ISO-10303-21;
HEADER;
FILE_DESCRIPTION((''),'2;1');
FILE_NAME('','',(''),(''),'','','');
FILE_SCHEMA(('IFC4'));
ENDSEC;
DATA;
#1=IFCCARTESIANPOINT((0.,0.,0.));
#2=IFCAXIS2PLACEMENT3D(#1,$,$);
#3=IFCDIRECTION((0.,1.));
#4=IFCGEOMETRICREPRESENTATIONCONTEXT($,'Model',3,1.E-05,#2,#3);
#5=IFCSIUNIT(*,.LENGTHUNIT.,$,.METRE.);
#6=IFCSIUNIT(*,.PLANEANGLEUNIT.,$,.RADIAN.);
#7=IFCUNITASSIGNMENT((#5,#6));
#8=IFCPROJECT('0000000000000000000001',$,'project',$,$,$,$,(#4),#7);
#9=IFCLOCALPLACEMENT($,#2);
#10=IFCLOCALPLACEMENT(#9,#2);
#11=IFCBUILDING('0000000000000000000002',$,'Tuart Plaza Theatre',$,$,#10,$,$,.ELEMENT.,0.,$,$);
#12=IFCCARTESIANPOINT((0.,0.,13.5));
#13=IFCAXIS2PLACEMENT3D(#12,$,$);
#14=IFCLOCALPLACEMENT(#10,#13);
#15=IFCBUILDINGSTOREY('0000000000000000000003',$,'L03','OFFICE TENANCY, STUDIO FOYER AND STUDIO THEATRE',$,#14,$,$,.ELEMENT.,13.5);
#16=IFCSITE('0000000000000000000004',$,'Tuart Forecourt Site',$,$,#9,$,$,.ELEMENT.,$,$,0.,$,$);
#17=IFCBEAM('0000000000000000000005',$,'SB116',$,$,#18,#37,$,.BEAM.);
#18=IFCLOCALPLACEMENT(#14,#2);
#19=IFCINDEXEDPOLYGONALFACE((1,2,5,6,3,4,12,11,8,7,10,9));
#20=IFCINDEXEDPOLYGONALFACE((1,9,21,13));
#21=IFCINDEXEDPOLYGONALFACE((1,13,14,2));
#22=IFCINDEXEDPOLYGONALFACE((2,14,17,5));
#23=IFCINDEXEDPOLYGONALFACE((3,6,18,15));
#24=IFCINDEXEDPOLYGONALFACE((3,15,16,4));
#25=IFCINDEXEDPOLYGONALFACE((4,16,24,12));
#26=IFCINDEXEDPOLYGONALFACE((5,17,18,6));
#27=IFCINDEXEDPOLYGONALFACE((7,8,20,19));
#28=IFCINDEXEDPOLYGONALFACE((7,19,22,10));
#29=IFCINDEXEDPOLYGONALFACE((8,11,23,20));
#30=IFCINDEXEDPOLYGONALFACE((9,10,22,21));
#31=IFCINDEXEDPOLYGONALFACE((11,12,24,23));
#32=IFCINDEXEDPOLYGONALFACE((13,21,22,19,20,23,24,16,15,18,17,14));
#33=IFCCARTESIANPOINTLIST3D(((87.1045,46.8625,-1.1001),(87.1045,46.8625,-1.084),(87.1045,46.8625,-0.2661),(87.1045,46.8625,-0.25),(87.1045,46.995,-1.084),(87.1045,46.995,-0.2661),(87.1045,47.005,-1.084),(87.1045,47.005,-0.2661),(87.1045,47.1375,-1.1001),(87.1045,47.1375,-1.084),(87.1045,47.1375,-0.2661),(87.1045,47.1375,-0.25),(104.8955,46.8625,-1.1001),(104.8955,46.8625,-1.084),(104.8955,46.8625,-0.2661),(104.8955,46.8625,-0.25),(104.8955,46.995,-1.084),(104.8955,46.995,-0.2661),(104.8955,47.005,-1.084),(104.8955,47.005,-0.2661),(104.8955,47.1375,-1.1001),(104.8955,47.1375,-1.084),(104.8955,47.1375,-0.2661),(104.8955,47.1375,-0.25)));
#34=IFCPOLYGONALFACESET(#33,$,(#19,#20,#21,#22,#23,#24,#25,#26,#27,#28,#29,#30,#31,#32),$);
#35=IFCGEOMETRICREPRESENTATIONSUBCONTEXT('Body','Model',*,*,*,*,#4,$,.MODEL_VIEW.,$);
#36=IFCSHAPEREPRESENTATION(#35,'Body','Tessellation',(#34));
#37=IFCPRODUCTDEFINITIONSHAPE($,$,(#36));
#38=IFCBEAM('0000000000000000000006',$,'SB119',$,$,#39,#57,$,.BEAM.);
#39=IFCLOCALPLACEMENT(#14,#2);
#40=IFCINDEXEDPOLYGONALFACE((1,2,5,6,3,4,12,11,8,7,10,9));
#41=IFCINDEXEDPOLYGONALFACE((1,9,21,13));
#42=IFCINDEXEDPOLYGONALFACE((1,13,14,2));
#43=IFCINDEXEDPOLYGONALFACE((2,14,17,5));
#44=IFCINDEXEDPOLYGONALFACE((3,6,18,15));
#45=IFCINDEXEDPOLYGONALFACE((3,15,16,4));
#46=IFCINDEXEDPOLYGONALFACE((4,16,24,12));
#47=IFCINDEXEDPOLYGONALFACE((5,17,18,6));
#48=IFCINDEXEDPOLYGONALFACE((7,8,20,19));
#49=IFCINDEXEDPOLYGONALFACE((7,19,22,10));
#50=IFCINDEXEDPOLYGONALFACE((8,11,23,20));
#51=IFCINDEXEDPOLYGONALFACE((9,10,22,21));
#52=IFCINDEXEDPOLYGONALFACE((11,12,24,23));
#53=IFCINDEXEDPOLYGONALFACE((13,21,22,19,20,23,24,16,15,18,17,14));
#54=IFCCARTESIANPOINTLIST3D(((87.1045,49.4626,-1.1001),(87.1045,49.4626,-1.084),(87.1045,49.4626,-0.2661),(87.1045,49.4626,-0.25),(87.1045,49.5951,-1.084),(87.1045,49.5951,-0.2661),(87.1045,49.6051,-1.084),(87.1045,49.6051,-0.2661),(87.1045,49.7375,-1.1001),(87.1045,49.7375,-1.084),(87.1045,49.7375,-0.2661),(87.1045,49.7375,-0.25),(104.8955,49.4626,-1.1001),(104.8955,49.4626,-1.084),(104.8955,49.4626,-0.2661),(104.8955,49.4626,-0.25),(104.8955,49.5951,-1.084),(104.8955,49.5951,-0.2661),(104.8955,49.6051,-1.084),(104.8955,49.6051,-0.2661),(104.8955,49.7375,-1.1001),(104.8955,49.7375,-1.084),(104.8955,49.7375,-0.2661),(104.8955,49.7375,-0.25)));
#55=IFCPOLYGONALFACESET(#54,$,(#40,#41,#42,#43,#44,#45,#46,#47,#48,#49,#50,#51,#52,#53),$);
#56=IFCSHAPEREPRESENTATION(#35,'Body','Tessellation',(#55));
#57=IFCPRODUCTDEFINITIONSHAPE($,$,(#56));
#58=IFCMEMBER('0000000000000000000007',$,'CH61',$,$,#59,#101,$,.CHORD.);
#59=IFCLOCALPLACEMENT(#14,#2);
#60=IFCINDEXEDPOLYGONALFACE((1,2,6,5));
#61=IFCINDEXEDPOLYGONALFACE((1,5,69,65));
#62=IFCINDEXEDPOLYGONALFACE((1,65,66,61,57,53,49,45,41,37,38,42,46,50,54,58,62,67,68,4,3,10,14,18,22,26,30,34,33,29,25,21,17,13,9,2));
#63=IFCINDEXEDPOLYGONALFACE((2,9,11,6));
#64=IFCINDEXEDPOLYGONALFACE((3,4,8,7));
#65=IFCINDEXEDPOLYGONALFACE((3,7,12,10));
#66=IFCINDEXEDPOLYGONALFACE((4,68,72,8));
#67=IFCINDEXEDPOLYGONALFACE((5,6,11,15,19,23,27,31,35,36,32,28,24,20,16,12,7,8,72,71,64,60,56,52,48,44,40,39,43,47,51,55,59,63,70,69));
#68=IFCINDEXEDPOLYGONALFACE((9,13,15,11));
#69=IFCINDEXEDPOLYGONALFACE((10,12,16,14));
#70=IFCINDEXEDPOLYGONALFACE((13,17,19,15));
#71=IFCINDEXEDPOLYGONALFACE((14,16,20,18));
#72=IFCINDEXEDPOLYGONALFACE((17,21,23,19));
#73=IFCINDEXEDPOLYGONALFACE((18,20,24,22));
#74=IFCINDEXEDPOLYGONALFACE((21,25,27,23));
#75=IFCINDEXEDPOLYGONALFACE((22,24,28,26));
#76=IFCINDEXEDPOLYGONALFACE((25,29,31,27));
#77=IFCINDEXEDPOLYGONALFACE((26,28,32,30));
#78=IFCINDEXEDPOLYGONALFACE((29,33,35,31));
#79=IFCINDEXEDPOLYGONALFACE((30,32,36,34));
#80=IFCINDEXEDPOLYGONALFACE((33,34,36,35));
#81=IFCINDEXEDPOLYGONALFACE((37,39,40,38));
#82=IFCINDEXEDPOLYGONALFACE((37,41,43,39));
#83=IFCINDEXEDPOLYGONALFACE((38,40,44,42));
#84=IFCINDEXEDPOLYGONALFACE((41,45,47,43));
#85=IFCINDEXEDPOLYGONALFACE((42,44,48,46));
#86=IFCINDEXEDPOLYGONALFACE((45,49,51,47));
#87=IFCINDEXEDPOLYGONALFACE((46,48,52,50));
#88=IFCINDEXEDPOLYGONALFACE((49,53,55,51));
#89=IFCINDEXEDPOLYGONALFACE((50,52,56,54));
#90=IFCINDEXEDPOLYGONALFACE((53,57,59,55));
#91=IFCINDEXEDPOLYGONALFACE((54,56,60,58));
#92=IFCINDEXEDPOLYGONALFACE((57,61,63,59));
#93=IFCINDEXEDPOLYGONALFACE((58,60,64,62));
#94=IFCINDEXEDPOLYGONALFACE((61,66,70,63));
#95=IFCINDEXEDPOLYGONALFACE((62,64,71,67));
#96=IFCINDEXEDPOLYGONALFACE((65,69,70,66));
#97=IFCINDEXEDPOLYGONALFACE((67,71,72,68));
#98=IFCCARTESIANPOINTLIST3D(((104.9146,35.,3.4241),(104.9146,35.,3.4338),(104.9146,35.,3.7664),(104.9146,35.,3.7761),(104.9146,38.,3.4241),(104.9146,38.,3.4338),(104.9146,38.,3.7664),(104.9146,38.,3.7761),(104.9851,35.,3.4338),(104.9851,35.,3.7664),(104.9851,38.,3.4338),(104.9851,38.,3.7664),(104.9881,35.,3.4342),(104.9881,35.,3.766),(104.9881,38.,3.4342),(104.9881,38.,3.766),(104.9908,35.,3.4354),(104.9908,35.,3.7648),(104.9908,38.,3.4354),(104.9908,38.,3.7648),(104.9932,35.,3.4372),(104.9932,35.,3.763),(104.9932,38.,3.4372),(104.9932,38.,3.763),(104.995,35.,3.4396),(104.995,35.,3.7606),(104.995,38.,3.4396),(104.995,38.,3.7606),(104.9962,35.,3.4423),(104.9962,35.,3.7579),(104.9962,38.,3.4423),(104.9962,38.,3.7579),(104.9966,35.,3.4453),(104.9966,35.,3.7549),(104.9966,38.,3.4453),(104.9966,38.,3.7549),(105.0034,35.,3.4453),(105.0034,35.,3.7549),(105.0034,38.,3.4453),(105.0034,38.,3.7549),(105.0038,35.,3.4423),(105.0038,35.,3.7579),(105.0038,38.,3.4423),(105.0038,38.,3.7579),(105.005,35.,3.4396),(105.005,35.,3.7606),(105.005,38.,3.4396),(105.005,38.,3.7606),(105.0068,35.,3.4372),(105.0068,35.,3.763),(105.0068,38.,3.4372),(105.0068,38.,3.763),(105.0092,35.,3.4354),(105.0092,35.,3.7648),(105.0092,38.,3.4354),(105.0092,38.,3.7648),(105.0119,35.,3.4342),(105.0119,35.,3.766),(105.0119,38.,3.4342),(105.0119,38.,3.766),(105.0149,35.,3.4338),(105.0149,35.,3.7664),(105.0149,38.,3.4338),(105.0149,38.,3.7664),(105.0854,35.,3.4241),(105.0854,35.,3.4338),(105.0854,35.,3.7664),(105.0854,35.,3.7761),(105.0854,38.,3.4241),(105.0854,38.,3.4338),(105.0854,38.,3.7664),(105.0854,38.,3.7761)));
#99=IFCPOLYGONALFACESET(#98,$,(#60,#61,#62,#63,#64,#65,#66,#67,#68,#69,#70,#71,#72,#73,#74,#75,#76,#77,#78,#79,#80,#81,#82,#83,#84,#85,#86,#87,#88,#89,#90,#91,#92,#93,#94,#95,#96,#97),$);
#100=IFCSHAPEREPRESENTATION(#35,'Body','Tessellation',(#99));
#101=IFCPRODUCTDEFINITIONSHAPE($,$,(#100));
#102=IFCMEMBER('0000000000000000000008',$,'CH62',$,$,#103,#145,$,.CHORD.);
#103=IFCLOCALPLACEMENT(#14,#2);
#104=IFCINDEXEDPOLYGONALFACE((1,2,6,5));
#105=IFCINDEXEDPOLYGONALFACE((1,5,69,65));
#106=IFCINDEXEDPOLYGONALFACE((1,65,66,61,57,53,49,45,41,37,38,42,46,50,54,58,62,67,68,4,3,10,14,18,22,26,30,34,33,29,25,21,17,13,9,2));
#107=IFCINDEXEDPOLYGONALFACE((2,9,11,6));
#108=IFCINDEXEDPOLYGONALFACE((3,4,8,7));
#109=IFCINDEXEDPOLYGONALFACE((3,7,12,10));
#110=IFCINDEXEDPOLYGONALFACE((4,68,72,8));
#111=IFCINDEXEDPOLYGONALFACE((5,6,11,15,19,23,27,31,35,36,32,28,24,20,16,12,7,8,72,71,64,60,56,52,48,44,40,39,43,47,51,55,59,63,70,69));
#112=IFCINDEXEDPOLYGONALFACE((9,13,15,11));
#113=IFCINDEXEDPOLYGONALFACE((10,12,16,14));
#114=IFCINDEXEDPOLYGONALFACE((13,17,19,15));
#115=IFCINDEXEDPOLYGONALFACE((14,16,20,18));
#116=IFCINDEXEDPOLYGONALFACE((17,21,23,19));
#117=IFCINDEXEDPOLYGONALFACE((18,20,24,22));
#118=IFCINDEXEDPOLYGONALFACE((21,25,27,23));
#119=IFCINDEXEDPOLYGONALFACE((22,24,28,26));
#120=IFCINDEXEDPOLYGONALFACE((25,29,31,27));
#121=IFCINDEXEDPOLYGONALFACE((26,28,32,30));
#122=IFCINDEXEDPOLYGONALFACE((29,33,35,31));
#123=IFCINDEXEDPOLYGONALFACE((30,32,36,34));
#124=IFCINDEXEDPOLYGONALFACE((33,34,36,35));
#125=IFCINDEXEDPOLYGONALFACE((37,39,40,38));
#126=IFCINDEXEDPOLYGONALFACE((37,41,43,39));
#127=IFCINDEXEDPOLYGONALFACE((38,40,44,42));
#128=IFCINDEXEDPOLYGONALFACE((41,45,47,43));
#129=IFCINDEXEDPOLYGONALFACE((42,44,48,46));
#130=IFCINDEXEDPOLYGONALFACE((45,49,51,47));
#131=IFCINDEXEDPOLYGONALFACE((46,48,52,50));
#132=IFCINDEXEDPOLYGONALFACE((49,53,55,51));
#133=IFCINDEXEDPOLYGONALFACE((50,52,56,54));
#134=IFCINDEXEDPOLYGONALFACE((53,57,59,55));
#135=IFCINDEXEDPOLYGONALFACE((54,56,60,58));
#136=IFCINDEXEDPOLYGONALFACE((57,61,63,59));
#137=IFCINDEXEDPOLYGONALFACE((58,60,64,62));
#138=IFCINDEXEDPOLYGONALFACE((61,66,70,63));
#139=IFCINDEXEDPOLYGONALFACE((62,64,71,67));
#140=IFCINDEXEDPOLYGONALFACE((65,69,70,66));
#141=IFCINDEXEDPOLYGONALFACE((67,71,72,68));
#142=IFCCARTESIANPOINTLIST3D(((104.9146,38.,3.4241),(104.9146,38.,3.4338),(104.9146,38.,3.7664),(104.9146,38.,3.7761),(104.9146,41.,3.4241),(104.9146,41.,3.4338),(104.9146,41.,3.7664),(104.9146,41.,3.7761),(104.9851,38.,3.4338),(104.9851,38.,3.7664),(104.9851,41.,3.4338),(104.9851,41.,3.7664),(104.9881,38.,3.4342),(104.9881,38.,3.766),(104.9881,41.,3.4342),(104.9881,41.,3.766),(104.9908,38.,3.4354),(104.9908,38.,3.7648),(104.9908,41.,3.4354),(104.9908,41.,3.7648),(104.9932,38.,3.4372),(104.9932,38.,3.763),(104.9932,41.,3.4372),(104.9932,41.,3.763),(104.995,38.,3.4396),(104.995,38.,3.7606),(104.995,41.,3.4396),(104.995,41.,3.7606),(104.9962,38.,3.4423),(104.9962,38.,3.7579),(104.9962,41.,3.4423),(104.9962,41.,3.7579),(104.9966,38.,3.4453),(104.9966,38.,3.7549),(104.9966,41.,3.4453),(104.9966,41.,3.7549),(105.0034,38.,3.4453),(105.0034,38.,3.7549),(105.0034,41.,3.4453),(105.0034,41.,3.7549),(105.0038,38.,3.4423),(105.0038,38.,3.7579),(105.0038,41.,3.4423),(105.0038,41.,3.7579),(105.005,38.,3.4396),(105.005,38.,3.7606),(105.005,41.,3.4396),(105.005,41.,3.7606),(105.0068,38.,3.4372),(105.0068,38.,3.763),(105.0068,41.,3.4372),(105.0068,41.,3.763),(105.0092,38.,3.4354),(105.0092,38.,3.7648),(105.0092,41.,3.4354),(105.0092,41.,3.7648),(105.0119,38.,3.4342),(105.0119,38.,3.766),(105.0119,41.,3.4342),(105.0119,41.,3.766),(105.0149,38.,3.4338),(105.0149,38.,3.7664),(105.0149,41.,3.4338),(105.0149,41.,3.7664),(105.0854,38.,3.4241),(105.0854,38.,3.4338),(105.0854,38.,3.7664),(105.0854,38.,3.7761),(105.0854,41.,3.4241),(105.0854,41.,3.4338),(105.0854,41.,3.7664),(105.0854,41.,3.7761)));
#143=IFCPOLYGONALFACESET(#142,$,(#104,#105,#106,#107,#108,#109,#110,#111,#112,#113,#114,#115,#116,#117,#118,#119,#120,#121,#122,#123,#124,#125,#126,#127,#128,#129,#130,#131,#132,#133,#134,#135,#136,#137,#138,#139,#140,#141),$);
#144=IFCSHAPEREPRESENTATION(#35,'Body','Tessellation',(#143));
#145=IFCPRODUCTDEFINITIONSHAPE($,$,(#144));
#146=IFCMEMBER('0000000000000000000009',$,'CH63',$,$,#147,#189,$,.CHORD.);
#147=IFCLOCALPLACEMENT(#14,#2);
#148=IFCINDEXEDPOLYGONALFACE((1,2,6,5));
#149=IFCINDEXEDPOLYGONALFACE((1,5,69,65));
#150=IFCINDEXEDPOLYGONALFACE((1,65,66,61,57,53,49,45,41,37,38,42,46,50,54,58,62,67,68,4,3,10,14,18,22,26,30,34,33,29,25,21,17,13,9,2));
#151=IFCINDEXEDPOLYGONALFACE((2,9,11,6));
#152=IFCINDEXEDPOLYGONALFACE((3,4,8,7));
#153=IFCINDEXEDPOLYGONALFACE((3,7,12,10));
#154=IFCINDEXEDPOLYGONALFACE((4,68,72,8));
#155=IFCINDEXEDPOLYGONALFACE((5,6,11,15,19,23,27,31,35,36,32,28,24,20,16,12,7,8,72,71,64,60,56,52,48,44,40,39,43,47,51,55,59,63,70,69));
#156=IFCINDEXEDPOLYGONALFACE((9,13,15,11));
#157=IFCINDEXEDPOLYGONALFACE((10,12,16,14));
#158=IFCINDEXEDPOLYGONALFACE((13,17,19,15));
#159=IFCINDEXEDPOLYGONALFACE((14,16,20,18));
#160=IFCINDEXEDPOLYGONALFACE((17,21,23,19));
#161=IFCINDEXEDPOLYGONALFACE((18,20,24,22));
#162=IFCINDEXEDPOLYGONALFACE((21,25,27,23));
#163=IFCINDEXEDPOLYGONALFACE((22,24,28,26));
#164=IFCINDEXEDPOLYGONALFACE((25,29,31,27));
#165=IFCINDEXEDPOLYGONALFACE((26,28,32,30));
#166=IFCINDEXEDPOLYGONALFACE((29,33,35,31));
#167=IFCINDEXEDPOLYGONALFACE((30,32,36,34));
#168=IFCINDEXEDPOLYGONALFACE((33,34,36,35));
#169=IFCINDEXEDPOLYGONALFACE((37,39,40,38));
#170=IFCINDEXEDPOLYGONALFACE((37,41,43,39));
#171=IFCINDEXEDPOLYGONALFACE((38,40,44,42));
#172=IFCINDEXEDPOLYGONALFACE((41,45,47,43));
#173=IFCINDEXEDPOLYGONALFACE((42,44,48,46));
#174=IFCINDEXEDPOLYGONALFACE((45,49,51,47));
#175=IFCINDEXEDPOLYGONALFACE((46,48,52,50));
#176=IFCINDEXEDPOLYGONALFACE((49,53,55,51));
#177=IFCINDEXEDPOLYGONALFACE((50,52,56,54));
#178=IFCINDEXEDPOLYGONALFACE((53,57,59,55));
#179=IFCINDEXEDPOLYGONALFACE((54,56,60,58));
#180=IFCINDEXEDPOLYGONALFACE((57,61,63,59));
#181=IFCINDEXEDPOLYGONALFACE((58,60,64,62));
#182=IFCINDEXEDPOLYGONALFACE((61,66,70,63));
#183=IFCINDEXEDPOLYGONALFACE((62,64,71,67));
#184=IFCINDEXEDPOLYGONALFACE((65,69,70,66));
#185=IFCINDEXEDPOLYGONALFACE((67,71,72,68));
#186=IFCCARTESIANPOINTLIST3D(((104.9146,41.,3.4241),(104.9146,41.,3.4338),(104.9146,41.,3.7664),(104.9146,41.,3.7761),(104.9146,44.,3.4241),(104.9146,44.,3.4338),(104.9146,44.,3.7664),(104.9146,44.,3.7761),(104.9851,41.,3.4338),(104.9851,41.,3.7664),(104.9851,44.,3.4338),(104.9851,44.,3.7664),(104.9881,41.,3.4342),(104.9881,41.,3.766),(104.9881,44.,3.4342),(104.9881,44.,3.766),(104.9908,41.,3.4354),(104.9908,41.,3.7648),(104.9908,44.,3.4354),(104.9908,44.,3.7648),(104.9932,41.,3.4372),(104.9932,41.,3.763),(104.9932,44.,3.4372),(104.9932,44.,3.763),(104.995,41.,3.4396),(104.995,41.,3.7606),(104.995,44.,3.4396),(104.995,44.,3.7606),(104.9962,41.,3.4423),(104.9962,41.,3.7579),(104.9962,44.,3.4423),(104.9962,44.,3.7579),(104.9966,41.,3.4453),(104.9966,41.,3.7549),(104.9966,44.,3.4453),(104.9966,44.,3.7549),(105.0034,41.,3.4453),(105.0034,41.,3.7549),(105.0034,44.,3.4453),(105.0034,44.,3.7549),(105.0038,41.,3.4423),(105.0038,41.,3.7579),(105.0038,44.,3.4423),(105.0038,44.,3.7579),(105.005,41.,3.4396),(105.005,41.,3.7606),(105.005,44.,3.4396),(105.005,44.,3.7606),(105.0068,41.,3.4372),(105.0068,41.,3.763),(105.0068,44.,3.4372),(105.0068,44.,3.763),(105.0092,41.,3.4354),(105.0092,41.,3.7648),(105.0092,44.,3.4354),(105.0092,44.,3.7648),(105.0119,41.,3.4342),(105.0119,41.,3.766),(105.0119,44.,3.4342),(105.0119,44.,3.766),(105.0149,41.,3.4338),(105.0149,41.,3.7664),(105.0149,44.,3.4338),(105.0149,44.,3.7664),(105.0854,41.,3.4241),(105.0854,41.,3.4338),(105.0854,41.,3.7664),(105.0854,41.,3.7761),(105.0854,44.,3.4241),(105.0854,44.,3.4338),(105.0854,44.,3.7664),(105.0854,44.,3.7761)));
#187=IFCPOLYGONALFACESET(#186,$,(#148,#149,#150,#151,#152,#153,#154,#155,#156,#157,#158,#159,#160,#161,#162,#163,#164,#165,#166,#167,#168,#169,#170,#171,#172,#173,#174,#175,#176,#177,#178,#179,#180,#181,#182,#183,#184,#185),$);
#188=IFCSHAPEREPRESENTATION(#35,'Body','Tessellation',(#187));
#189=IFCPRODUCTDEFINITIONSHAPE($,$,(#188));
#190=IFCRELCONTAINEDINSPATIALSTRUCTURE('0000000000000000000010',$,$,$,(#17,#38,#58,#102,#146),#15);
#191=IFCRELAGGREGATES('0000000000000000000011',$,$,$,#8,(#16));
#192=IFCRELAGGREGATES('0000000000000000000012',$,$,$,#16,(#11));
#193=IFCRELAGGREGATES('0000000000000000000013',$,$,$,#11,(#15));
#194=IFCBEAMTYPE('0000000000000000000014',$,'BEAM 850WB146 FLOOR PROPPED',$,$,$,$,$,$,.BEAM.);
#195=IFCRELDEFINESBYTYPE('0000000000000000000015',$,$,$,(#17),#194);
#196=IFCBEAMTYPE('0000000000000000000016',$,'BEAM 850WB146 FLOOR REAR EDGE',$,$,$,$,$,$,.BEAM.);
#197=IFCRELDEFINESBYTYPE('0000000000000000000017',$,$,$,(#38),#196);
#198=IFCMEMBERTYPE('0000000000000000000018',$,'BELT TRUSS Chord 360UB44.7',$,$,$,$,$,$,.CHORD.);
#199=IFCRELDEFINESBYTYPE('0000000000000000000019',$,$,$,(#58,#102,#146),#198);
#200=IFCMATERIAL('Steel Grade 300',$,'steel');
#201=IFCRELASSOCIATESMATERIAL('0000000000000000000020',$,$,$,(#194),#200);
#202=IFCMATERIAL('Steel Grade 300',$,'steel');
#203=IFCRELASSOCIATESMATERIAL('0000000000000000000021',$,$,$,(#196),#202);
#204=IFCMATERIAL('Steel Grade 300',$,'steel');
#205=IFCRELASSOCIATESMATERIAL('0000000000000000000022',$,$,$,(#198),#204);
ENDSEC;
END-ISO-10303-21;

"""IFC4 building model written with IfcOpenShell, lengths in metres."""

from ifc_helpers import new_model, si_unit, direction, frame, origin, origin_2d, place, context, subcontext, project, spatial, i_section, extrude, material, material_profile, profile_set, type_object, element, save


model = new_model("IFC4")

# Units and contexts
model_context = context("Model", 3, precision=1e-05, world=origin(), true_north=direction((0.0, 1.0)))
body_context = subcontext(model_context, "Body", "Model", "MODEL_VIEW")
ifc_project = project(units=[si_unit("LENGTHUNIT", "METRE"), si_unit("PLANEANGLEUNIT", "RADIAN")], contexts=[model_context])

# Site, building, storey
site_placement = place(None, origin())
site = spatial("IfcSite", under=ifc_project, at=site_placement, Name="Tuart Forecourt Site", CompositionType="ELEMENT", RefElevation=0.0)
building_placement = place(site_placement, origin())
building = spatial("IfcBuilding", under=site, at=building_placement, Name="Tuart Plaza Theatre", CompositionType="ELEMENT", ElevationOfRefHeight=0.0)
storey_placement = place(building_placement, frame((0.0, 0.0, 13.5)))
storey = spatial("IfcBuildingStorey", under=building, at=storey_placement, Name="L03", Description="OFFICE TENANCY, STUDIO FOYER AND STUDIO THEATRE", CompositionType="ELEMENT", Elevation=13.5)

# Beams
ifc_material_1 = material(Name="Steel Grade 300", Category="steel")
ifc_material_profile_1 = material_profile(ifc_material_1, i_section(OverallWidth=0.2749, OverallDepth=0.8501, WebThickness=0.01, FlangeThickness=0.0161, at=origin_2d()), Name="850WB146")
ifc_profile_set_1 = profile_set([ifc_material_profile_1], Name="Steel Grade 300")
beam_type_1 = type_object("IfcBeamType", Name="BEAM 850WB146 FLOOR PROPPED", PredefinedType="BEAM", material=ifc_profile_set_1)
for number, where, z_axis, x_axis, name in (
    (1, (87.1045, 47.0, -0.675), (1.0, 0.0, 0.0), (0.0, 1.0, 0.0), "SB116"),
):
    element("IfcBeam", number, at=place(storey_placement, frame(where, z_axis=z_axis, x_axis=x_axis)), inside=storey, type_object=beam_type_1, Name=name, PredefinedType="BEAM", context=body_context, shape_type="SweptSolid", body=[
        extrude(i_section(OverallWidth=0.2749, OverallDepth=0.8501, WebThickness=0.01, FlangeThickness=0.0161, at=origin_2d()), origin(), (0.0, 0.0, 1.0), 17.791),
    ])
ifc_material_2 = material(Name="Steel Grade 300", Category="steel")
ifc_material_profile_2 = material_profile(ifc_material_2, i_section(OverallWidth=0.2749, OverallDepth=0.8501, WebThickness=0.01, FlangeThickness=0.0161, at=origin_2d()), Name="850WB146")
ifc_profile_set_2 = profile_set([ifc_material_profile_2], Name="Steel Grade 300")
beam_type_2 = type_object("IfcBeamType", Name="BEAM 850WB146 FLOOR REAR EDGE", PredefinedType="BEAM", material=ifc_profile_set_2)
beam_1_placement = place(storey_placement, frame((87.1045, 49.6001, -0.675), z_axis=(1.0, 0.0, 0.0), x_axis=(0.0, 1.0, 0.0)))
element("IfcBeam", 2, at=beam_1_placement, inside=storey, type_object=beam_type_2, Name="SB119", PredefinedType="BEAM", context=body_context, shape_type="SweptSolid", body=[
    extrude(i_section(OverallWidth=0.2749, OverallDepth=0.8501, WebThickness=0.01, FlangeThickness=0.0161, at=origin_2d()), origin(), (0.0, 0.0, 1.0), 17.791),
])

# Members
ifc_material_3 = material(Name="Steel Grade 300", Category="steel")
ifc_material_profile_3 = material_profile(ifc_material_3, i_section(OverallWidth=0.1709, OverallDepth=0.3521, WebThickness=0.0068, FlangeThickness=0.0098, FilletRadius=0.0115, at=origin_2d()), Name="360UB44.7")
ifc_profile_set_3 = profile_set([ifc_material_profile_3], Name="Steel Grade 300")
member_type_1 = type_object("IfcMemberType", Name="BELT TRUSS Chord 360UB44.7", PredefinedType="CHORD", material=ifc_profile_set_3)
for number, where, z_axis, x_axis, name in (
    (3, (105.0, 35.0, 3.6001), (0.0, 1.0, 0.0), (-1.0, 0.0, 0.0), "CH61"),
    (4, (105.0, 38.0, 3.6001), (0.0, 1.0, 0.0), (-1.0, 0.0, 0.0), "CH62"),
    (5, (105.0, 41.0, 3.6001), (0.0, 1.0, 0.0), (-1.0, 0.0, 0.0), "CH63"),
):
    element("IfcMember", number, at=place(storey_placement, frame(where, z_axis=z_axis, x_axis=x_axis)), inside=storey, type_object=member_type_1, Name=name, PredefinedType="CHORD", context=body_context, shape_type="SweptSolid", body=[
        extrude(i_section(OverallWidth=0.1709, OverallDepth=0.3521, WebThickness=0.0068, FlangeThickness=0.0098, FilletRadius=0.0115, at=origin_2d()), origin(), (0.0, 0.0, 1.0), 3.0),
    ])

save(model, "model.ifc")
